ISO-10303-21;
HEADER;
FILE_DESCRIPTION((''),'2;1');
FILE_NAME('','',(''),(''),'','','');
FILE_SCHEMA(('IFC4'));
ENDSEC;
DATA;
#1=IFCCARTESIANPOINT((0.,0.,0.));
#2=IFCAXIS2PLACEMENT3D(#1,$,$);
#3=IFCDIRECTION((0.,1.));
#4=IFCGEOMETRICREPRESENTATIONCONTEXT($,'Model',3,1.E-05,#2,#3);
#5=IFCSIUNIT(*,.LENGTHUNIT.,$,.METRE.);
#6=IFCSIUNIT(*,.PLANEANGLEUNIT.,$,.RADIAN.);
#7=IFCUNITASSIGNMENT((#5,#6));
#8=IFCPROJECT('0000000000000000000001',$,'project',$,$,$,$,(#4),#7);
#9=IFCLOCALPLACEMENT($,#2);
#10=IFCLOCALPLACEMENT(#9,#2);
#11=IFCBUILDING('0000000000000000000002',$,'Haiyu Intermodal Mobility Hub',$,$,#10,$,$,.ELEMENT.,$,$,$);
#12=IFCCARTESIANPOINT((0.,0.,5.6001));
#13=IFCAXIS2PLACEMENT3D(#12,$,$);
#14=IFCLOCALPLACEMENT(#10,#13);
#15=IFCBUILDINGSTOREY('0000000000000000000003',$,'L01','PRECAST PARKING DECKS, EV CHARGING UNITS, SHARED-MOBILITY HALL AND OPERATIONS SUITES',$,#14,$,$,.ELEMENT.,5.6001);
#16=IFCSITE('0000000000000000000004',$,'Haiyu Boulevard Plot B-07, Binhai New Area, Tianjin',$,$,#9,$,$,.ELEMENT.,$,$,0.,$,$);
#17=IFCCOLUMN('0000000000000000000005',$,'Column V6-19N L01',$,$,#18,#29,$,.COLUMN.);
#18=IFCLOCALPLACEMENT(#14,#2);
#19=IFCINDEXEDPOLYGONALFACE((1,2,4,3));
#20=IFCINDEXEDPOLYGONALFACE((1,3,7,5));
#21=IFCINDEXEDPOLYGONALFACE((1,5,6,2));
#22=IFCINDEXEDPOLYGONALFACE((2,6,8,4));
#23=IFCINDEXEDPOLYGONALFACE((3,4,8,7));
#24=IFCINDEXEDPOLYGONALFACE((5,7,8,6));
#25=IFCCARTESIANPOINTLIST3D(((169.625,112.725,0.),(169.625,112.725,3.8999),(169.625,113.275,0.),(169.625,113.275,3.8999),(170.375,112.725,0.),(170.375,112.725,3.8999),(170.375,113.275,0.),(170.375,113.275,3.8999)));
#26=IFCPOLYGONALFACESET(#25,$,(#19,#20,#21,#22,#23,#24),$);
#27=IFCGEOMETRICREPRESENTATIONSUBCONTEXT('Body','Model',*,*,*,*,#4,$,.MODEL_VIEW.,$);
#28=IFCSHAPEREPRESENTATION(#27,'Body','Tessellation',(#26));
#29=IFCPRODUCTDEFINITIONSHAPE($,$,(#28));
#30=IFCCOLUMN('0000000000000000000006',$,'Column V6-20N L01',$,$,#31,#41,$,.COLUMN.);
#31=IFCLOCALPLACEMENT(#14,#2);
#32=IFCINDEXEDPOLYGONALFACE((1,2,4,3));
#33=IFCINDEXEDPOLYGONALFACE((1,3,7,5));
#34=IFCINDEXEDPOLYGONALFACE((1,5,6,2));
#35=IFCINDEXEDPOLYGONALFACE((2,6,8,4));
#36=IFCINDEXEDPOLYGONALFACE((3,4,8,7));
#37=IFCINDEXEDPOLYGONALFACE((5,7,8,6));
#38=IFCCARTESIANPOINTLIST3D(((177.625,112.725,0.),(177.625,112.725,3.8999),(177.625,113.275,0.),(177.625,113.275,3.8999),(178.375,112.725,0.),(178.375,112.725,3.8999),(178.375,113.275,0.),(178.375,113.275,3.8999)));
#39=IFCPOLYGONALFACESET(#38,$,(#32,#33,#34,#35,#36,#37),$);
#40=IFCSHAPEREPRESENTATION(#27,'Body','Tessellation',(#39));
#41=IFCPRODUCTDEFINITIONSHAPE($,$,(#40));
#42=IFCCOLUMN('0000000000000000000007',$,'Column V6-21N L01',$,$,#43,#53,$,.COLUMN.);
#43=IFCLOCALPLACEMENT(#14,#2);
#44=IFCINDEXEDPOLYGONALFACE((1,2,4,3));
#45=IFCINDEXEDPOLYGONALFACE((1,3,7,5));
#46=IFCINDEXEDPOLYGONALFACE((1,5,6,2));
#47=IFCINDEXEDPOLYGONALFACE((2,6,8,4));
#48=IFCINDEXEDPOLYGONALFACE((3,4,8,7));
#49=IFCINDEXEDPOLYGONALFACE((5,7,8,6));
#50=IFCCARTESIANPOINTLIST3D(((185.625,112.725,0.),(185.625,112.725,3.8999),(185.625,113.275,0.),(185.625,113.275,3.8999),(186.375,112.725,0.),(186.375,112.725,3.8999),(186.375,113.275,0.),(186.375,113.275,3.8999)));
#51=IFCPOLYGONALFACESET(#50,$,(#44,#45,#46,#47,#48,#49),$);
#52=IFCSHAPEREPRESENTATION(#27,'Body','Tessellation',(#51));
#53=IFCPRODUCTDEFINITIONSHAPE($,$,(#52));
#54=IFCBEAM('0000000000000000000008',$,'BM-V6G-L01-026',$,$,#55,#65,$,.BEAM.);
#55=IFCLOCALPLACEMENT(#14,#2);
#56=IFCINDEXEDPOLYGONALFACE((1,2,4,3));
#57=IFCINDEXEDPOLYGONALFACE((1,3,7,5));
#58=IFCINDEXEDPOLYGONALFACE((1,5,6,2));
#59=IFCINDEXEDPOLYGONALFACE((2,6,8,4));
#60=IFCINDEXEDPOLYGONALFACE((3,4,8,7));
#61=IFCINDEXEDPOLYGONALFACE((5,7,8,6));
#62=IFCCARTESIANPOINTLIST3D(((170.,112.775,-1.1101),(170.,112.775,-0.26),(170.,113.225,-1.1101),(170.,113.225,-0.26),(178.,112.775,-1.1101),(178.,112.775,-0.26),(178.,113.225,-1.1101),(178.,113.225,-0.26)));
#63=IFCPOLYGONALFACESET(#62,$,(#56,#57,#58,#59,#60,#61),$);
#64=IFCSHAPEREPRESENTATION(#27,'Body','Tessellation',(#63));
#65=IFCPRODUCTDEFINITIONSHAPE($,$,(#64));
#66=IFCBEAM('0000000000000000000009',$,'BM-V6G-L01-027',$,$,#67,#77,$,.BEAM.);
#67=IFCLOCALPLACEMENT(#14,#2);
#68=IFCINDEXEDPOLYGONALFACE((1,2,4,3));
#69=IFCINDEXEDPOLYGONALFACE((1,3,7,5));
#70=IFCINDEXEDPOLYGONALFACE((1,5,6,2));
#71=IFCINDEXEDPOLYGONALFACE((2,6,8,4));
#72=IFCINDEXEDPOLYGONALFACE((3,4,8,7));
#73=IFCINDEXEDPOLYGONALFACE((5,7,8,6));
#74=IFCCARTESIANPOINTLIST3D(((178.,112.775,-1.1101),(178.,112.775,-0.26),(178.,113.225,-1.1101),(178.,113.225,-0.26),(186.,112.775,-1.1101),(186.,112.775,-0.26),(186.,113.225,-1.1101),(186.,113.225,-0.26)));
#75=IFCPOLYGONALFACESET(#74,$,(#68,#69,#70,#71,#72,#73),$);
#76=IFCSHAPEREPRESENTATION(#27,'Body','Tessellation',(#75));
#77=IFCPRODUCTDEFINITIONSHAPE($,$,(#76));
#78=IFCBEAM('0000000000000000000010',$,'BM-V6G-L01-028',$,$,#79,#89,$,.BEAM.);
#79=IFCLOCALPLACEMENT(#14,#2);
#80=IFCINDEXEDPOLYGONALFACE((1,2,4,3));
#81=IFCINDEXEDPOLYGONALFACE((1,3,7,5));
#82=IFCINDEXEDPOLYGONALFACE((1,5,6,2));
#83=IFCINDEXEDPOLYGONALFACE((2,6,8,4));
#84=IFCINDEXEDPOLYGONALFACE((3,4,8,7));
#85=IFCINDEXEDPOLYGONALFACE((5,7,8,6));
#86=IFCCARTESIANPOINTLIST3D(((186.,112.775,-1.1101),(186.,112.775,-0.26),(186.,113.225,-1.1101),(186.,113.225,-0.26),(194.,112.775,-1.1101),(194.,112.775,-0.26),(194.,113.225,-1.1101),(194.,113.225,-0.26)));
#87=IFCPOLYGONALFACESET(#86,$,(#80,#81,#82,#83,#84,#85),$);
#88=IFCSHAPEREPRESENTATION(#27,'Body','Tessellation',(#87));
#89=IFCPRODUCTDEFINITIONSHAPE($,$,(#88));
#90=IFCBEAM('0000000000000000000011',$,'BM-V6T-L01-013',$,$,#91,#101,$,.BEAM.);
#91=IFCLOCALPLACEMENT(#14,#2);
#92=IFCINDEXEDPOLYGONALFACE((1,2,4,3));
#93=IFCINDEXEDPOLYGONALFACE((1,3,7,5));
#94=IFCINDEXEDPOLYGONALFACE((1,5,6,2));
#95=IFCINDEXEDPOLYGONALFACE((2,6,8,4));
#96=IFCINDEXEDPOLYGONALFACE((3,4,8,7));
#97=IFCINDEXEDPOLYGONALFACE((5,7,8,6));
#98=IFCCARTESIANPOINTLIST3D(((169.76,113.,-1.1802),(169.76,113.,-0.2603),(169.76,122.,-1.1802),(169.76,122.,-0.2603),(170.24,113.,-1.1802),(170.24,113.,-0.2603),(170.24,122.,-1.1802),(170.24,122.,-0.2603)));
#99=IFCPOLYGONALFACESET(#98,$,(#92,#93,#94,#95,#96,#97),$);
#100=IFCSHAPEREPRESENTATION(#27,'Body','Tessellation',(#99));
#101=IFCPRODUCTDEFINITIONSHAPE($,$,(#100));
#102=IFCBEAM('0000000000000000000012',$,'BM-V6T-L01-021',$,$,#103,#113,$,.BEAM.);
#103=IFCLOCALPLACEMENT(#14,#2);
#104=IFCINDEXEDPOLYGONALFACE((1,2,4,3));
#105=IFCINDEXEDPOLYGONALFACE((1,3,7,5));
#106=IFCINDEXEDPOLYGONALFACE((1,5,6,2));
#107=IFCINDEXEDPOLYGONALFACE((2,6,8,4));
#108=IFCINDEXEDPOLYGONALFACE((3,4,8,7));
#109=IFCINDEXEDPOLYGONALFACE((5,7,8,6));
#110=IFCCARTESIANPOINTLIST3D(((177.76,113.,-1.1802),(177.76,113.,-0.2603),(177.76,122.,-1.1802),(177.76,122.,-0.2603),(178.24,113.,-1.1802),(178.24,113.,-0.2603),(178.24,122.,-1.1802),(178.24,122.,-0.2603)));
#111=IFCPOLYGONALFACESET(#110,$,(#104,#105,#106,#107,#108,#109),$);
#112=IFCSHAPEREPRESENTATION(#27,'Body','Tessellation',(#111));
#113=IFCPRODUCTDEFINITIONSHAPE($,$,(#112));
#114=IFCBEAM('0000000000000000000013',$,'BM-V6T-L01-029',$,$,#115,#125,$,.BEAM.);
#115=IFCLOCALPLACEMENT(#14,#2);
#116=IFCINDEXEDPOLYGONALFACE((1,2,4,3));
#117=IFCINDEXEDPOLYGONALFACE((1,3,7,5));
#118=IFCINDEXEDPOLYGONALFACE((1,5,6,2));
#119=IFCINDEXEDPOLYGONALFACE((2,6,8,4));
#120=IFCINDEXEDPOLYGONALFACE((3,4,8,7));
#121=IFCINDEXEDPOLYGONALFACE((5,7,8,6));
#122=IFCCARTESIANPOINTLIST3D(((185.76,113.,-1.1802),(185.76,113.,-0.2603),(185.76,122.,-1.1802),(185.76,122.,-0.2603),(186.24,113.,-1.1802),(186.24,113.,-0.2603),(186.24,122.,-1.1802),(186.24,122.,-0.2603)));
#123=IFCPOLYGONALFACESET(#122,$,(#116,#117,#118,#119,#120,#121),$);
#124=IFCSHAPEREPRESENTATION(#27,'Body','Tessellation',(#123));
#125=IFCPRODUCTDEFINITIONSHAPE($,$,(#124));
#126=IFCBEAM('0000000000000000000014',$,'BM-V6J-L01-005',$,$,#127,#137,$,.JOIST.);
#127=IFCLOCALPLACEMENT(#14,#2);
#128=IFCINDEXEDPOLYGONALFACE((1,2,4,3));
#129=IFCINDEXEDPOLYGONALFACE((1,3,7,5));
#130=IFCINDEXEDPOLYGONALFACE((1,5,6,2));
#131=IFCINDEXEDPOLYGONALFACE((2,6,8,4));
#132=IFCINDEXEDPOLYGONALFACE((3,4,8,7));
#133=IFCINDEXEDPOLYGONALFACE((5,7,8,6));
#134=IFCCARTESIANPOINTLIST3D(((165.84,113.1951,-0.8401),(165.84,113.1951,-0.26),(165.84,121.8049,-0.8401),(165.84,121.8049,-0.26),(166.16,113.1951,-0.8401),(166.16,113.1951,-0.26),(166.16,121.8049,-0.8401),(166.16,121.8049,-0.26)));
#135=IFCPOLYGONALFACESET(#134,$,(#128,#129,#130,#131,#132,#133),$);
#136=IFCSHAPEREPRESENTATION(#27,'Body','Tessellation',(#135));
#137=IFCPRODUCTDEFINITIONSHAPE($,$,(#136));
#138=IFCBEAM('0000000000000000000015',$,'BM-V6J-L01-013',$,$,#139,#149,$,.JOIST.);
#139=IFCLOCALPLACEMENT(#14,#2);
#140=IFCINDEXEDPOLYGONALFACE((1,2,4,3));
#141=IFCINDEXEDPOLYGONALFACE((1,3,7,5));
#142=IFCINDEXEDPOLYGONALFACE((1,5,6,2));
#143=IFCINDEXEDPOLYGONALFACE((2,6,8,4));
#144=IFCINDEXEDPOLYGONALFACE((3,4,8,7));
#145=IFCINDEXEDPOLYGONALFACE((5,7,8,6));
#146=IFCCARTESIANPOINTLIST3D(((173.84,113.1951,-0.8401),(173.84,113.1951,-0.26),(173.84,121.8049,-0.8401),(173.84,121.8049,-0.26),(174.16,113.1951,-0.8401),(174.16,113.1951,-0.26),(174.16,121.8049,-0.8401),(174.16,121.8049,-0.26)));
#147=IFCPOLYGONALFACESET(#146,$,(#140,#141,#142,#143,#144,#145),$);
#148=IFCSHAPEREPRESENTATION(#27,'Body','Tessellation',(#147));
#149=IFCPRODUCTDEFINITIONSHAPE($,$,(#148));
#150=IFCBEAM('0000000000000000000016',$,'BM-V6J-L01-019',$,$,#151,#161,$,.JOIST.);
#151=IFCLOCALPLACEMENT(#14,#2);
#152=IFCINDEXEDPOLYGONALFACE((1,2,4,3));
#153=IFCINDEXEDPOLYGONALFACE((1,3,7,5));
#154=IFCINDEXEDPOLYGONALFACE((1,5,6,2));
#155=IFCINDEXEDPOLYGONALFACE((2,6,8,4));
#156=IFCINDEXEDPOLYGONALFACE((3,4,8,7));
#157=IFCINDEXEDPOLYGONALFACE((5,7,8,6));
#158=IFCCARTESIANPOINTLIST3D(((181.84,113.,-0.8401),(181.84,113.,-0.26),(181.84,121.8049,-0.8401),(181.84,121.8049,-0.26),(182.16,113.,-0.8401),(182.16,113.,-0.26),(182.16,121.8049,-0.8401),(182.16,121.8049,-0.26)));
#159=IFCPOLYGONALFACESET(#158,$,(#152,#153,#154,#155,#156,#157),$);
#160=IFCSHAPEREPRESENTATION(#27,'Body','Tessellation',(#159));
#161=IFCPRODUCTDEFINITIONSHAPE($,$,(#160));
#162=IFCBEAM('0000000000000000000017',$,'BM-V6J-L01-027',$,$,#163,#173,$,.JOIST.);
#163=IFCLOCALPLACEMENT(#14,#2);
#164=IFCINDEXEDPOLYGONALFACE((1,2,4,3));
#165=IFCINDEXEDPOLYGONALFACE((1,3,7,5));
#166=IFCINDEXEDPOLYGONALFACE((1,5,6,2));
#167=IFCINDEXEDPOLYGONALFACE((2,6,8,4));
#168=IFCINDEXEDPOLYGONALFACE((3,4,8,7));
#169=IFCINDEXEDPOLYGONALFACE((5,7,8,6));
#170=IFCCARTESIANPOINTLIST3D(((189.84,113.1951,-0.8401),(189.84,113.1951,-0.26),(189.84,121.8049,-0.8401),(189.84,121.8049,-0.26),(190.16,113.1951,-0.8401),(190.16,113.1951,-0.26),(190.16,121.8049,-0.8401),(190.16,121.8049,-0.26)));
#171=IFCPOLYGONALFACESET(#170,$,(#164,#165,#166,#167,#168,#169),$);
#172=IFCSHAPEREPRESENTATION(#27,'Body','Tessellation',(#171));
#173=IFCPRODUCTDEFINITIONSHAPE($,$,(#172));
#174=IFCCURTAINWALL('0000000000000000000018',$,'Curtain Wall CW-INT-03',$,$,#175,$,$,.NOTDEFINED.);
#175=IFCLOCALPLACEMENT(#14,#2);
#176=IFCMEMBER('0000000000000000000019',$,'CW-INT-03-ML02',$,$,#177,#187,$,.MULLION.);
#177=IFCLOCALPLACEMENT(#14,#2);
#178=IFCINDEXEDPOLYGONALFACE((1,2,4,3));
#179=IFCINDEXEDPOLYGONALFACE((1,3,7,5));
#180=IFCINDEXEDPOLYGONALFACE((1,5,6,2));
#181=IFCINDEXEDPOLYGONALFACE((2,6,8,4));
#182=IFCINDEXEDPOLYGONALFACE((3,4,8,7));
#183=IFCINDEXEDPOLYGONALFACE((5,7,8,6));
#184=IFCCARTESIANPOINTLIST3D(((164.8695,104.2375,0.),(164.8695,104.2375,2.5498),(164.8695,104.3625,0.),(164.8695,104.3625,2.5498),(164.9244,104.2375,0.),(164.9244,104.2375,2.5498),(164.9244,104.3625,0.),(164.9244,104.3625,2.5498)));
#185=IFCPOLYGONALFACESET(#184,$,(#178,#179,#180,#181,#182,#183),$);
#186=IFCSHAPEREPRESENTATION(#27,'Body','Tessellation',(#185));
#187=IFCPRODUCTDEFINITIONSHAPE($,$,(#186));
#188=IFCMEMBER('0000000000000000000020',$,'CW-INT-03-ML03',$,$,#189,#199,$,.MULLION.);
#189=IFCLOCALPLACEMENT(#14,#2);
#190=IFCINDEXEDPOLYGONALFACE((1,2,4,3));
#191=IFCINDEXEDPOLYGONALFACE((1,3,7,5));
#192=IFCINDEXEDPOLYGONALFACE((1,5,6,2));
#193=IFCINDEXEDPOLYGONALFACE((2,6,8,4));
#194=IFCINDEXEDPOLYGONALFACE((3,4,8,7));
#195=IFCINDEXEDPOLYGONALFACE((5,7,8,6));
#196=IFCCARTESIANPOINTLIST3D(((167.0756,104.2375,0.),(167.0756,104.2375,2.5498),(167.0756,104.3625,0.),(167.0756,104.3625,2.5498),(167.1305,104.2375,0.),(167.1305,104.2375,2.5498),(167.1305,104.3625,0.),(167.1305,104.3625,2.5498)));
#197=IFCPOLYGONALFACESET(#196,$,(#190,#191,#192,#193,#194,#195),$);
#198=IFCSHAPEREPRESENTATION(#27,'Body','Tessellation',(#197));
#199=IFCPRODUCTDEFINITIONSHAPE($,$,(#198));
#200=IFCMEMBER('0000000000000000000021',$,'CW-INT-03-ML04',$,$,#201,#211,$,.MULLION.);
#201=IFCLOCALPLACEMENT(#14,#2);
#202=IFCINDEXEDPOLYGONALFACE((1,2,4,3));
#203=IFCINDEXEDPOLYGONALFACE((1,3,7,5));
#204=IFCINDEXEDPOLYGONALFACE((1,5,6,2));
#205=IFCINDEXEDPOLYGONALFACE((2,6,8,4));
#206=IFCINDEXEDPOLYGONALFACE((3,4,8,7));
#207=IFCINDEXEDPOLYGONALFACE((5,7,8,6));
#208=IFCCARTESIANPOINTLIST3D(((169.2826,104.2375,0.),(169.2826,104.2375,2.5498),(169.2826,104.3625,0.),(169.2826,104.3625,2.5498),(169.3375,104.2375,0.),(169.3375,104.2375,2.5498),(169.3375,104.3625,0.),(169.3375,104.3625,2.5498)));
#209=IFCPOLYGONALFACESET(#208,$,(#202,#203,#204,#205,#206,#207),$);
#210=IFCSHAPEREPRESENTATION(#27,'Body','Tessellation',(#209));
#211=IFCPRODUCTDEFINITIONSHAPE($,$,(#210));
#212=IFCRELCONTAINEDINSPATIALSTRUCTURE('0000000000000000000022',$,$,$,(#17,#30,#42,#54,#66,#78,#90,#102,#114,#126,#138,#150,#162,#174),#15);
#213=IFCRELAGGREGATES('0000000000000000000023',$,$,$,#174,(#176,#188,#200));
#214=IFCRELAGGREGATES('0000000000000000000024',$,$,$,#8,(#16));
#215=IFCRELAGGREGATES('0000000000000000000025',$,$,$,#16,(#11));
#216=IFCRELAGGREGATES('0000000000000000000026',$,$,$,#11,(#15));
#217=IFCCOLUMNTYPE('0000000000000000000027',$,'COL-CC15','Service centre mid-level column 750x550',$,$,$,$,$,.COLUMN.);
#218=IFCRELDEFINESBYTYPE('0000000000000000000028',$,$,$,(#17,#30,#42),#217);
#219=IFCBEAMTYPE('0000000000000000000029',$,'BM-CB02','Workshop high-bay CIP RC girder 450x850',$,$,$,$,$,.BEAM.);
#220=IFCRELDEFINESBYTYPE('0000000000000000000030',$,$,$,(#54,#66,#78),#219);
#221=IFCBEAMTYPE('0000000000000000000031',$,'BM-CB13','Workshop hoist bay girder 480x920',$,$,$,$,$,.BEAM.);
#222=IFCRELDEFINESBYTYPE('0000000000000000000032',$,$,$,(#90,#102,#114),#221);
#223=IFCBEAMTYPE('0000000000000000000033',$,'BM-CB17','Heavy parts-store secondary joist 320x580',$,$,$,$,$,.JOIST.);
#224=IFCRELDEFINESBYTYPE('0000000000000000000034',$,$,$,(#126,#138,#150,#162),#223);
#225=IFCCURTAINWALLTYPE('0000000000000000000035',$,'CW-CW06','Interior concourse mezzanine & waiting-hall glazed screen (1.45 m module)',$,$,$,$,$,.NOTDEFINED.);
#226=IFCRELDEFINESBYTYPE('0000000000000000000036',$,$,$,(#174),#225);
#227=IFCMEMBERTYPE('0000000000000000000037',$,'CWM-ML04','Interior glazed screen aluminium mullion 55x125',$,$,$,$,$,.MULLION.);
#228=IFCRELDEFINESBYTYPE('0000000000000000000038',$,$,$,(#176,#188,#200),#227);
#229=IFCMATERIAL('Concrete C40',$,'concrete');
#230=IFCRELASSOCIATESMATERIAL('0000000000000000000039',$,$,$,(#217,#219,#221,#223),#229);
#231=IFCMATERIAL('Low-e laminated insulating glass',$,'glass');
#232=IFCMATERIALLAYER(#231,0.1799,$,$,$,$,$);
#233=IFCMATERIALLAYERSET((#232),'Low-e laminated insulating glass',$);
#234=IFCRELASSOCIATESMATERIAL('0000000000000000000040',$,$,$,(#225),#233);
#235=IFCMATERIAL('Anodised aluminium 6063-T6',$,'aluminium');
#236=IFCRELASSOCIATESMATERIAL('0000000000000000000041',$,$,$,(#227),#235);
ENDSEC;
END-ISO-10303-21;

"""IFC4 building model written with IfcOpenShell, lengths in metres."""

from ifc_helpers import new_model, si_unit, direction, frame, origin, origin_2d, place, context, subcontext, project, spatial, rectangle, extrude, material, layer, layer_set, material_profile, profile_set, type_object, element, aggregate, save


model = new_model("IFC4")

# Units and contexts
model_context = context("Model", 3, precision=1e-05, world=origin(), true_north=direction((0.0, 1.0)))
body_context = subcontext(model_context, "Body", "Model", "MODEL_VIEW")
ifc_project = project(units=[si_unit("LENGTHUNIT", "METRE"), si_unit("PLANEANGLEUNIT", "RADIAN")], contexts=[model_context])

# Site, building, storey
site_placement = place(None, origin())
site = spatial("IfcSite", under=ifc_project, at=site_placement, Name="Haiyu Boulevard Plot B-07, Binhai New Area, Tianjin", CompositionType="ELEMENT", RefElevation=0.0)
building_placement = place(site_placement, origin())
building = spatial("IfcBuilding", under=site, at=building_placement, Name="Haiyu Intermodal Mobility Hub", CompositionType="ELEMENT")
storey_placement = place(building_placement, frame((0.0, 0.0, 5.6001)))
storey = spatial("IfcBuildingStorey", under=building, at=storey_placement, Name="L01", Description="PRECAST PARKING DECKS, EV CHARGING UNITS, SHARED-MOBILITY HALL AND OPERATIONS SUITES", CompositionType="ELEMENT", Elevation=5.6001)

# Columns
ifc_material_1 = material(Name="Concrete C40", Category="concrete")
ifc_material_profile_1 = material_profile(ifc_material_1, rectangle(XDim=0.75, YDim=0.55, at=origin_2d()), Name="C750x550")
ifc_profile_set_1 = profile_set([ifc_material_profile_1], Name="Concrete C40")
column_type = type_object("IfcColumnType", Name="COL-CC15", Description="Service centre mid-level column 750x550", PredefinedType="COLUMN", material=ifc_profile_set_1)
for number, where, z_axis, x_axis, name in (
    (1, (170.0, 113.0, 0.0), (0.0, 0.0, 1.0), (1.0, 0.0, 0.0), "Column V6-19N L01"),
    (2, (178.0, 113.0, 0.0), (0.0, 0.0, 1.0), (1.0, 0.0, 0.0), "Column V6-20N L01"),
    (3, (186.0, 113.0, 0.0), (0.0, 0.0, 1.0), (1.0, 0.0, 0.0), "Column V6-21N L01"),
):
    element("IfcColumn", number, at=place(storey_placement, frame(where, z_axis=z_axis, x_axis=x_axis)), inside=storey, type_object=column_type, Name=name, PredefinedType="COLUMN", context=body_context, shape_type="SweptSolid", body=[
        extrude(rectangle(XDim=0.75, YDim=0.55, at=origin_2d()), origin(), (0.0, 0.0, 1.0), 3.8999),
    ])

# Beams
ifc_material_profile_2 = material_profile(ifc_material_1, rectangle(XDim=0.45, YDim=0.8501, at=origin_2d()), Name="RCB450x850")
ifc_profile_set_2 = profile_set([ifc_material_profile_2], Name="Concrete C40")
beam_type_1 = type_object("IfcBeamType", Name="BM-CB02", Description="Workshop high-bay CIP RC girder 450x850", PredefinedType="BEAM", material=ifc_profile_set_2)
for number, where, z_axis, x_axis, name in (
    (4, (170.0, 113.0, -0.6851), (1.0, 0.0, 0.0), (0.0, 1.0, 0.0), "BM-V6G-L01-026"),
    (5, (178.0, 113.0, -0.6851), (1.0, 0.0, 0.0), (0.0, 1.0, 0.0), "BM-V6G-L01-027"),
    (6, (186.0, 113.0, -0.6851), (1.0, 0.0, 0.0), (0.0, 1.0, 0.0), "BM-V6G-L01-028"),
):
    element("IfcBeam", number, at=place(storey_placement, frame(where, z_axis=z_axis, x_axis=x_axis)), inside=storey, type_object=beam_type_1, Name=name, PredefinedType="BEAM", context=body_context, shape_type="SweptSolid", body=[
        extrude(rectangle(XDim=0.45, YDim=0.8501, at=origin_2d()), origin(), (0.0, 0.0, 1.0), 8.0),
    ])
ifc_material_profile_3 = material_profile(ifc_material_1, rectangle(XDim=0.48, YDim=0.9199, at=origin_2d()), Name="B480x920")
ifc_profile_set_3 = profile_set([ifc_material_profile_3], Name="Concrete C40")
beam_type_2 = type_object("IfcBeamType", Name="BM-CB13", Description="Workshop hoist bay girder 480x920", PredefinedType="BEAM", material=ifc_profile_set_3)
for number, where, z_axis, x_axis, name in (
    (7, (170.0, 113.0, -0.7202), (0.0, 1.0, 0.0), (-1.0, 0.0, 0.0), "BM-V6T-L01-013"),
    (8, (178.0, 113.0, -0.7202), (0.0, 1.0, 0.0), (-1.0, 0.0, 0.0), "BM-V6T-L01-021"),
    (9, (186.0, 113.0, -0.7202), (0.0, 1.0, 0.0), (-1.0, 0.0, 0.0), "BM-V6T-L01-029"),
):
    element("IfcBeam", number, at=place(storey_placement, frame(where, z_axis=z_axis, x_axis=x_axis)), inside=storey, type_object=beam_type_2, Name=name, PredefinedType="BEAM", context=body_context, shape_type="SweptSolid", body=[
        extrude(rectangle(XDim=0.48, YDim=0.9199, at=origin_2d()), origin(), (0.0, 0.0, 1.0), 9.0),
    ])
ifc_material_profile_4 = material_profile(ifc_material_1, rectangle(XDim=0.3201, YDim=0.5801, at=origin_2d()), Name="B320x580")
ifc_profile_set_4 = profile_set([ifc_material_profile_4], Name="Concrete C40")
beam_type_3 = type_object("IfcBeamType", Name="BM-CB17", Description="Heavy parts-store secondary joist 320x580", PredefinedType="JOIST", material=ifc_profile_set_4)
for number, where, z_axis, x_axis, name in (
    (10, (166.0, 113.1951, -0.55), (0.0, 1.0, 0.0), (-1.0, 0.0, 0.0), "BM-V6J-L01-005"),
    (11, (174.0, 113.1951, -0.55), (0.0, 1.0, 0.0), (-1.0, 0.0, 0.0), "BM-V6J-L01-013"),
):
    element("IfcBeam", number, at=place(storey_placement, frame(where, z_axis=z_axis, x_axis=x_axis)), inside=storey, type_object=beam_type_3, Name=name, PredefinedType="JOIST", context=body_context, shape_type="SweptSolid", body=[
        extrude(rectangle(XDim=0.3201, YDim=0.5801, at=origin_2d()), origin(), (0.0, 0.0, 1.0), 8.6099),
    ])
beam_1_placement = place(storey_placement, frame((182.0, 113.0, -0.55), z_axis=(0.0, 1.0, 0.0), x_axis=(-1.0, 0.0, 0.0)))
element("IfcBeam", 12, at=beam_1_placement, inside=storey, type_object=beam_type_3, Name="BM-V6J-L01-019", PredefinedType="JOIST", context=body_context, shape_type="SweptSolid", body=[
    extrude(rectangle(XDim=0.3201, YDim=0.5801, at=origin_2d()), origin(), (0.0, 0.0, 1.0), 8.8049),
])
beam_2_placement = place(storey_placement, frame((190.0, 113.1951, -0.55), z_axis=(0.0, 1.0, 0.0), x_axis=(-1.0, 0.0, 0.0)))
element("IfcBeam", 13, at=beam_2_placement, inside=storey, type_object=beam_type_3, Name="BM-V6J-L01-027", PredefinedType="JOIST", context=body_context, shape_type="SweptSolid", body=[
    extrude(rectangle(XDim=0.3201, YDim=0.5801, at=origin_2d()), origin(), (0.0, 0.0, 1.0), 8.6099),
])

# Curtain wall, members
ifc_material_2 = material(Name="Low-e laminated insulating glass", Category="glass")
ifc_layer_1 = layer(ifc_material_2, 0.1799)
ifc_layer_set_1 = layer_set([ifc_layer_1], Name="Low-e laminated insulating glass")
curtain_wall_type = type_object("IfcCurtainWallType", Name="CW-CW06", Description="Interior concourse mezzanine & waiting-hall glazed screen (1.45 m module)", PredefinedType="NOTDEFINED", material=ifc_layer_set_1)
curtain_wall_1_placement = place(storey_placement, origin())
curtain_wall_1 = element("IfcCurtainWall", 14, at=curtain_wall_1_placement, inside=storey, type_object=curtain_wall_type, Name="Curtain Wall CW-INT-03", PredefinedType="NOTDEFINED")
ifc_material_3 = material(Name="Anodised aluminium 6063-T6", Category="aluminium")
ifc_material_profile_5 = material_profile(ifc_material_3, rectangle(XDim=0.0549, YDim=0.125, at=origin_2d()), Name="ALU55x125")
ifc_profile_set_5 = profile_set([ifc_material_profile_5], Name="Anodised aluminium 6063-T6")
member_type_1 = type_object("IfcMemberType", Name="CWM-ML04", Description="Interior glazed screen aluminium mullion 55x125", PredefinedType="MULLION", material=ifc_profile_set_5)
member_1_placement = place(storey_placement, frame((164.897, 104.3, 0.0), z_axis=(0.0, 0.0, 1.0), x_axis=(1.0, 0.0, 0.0)))
member_1 = element("IfcMember", 15, at=member_1_placement, type_object=member_type_1, Name="CW-INT-03-ML02", PredefinedType="MULLION", context=body_context, shape_type="SweptSolid", body=[
    extrude(rectangle(XDim=0.0549, YDim=0.125, at=origin_2d()), origin(), (0.0, 0.0, 1.0), 2.5498),
])
member_2_placement = place(storey_placement, frame((167.103, 104.3, 0.0), z_axis=(0.0, 0.0, 1.0), x_axis=(1.0, 0.0, 0.0)))
member_2 = element("IfcMember", 16, at=member_2_placement, type_object=member_type_1, Name="CW-INT-03-ML03", PredefinedType="MULLION", context=body_context, shape_type="SweptSolid", body=[
    extrude(rectangle(XDim=0.0549, YDim=0.125, at=origin_2d()), origin(), (0.0, 0.0, 1.0), 2.5498),
])
member_3_placement = place(storey_placement, frame((169.3101, 104.3, 0.0), z_axis=(0.0, 0.0, 1.0), x_axis=(1.0, 0.0, 0.0)))
member_3 = element("IfcMember", 17, at=member_3_placement, type_object=member_type_1, Name="CW-INT-03-ML04", PredefinedType="MULLION", context=body_context, shape_type="SweptSolid", body=[
    extrude(rectangle(XDim=0.0549, YDim=0.125, at=origin_2d()), origin(), (0.0, 0.0, 1.0), 2.5498),
])

aggregate(curtain_wall_1, [member_1, member_2, member_3])

save(model, "model.ifc")
